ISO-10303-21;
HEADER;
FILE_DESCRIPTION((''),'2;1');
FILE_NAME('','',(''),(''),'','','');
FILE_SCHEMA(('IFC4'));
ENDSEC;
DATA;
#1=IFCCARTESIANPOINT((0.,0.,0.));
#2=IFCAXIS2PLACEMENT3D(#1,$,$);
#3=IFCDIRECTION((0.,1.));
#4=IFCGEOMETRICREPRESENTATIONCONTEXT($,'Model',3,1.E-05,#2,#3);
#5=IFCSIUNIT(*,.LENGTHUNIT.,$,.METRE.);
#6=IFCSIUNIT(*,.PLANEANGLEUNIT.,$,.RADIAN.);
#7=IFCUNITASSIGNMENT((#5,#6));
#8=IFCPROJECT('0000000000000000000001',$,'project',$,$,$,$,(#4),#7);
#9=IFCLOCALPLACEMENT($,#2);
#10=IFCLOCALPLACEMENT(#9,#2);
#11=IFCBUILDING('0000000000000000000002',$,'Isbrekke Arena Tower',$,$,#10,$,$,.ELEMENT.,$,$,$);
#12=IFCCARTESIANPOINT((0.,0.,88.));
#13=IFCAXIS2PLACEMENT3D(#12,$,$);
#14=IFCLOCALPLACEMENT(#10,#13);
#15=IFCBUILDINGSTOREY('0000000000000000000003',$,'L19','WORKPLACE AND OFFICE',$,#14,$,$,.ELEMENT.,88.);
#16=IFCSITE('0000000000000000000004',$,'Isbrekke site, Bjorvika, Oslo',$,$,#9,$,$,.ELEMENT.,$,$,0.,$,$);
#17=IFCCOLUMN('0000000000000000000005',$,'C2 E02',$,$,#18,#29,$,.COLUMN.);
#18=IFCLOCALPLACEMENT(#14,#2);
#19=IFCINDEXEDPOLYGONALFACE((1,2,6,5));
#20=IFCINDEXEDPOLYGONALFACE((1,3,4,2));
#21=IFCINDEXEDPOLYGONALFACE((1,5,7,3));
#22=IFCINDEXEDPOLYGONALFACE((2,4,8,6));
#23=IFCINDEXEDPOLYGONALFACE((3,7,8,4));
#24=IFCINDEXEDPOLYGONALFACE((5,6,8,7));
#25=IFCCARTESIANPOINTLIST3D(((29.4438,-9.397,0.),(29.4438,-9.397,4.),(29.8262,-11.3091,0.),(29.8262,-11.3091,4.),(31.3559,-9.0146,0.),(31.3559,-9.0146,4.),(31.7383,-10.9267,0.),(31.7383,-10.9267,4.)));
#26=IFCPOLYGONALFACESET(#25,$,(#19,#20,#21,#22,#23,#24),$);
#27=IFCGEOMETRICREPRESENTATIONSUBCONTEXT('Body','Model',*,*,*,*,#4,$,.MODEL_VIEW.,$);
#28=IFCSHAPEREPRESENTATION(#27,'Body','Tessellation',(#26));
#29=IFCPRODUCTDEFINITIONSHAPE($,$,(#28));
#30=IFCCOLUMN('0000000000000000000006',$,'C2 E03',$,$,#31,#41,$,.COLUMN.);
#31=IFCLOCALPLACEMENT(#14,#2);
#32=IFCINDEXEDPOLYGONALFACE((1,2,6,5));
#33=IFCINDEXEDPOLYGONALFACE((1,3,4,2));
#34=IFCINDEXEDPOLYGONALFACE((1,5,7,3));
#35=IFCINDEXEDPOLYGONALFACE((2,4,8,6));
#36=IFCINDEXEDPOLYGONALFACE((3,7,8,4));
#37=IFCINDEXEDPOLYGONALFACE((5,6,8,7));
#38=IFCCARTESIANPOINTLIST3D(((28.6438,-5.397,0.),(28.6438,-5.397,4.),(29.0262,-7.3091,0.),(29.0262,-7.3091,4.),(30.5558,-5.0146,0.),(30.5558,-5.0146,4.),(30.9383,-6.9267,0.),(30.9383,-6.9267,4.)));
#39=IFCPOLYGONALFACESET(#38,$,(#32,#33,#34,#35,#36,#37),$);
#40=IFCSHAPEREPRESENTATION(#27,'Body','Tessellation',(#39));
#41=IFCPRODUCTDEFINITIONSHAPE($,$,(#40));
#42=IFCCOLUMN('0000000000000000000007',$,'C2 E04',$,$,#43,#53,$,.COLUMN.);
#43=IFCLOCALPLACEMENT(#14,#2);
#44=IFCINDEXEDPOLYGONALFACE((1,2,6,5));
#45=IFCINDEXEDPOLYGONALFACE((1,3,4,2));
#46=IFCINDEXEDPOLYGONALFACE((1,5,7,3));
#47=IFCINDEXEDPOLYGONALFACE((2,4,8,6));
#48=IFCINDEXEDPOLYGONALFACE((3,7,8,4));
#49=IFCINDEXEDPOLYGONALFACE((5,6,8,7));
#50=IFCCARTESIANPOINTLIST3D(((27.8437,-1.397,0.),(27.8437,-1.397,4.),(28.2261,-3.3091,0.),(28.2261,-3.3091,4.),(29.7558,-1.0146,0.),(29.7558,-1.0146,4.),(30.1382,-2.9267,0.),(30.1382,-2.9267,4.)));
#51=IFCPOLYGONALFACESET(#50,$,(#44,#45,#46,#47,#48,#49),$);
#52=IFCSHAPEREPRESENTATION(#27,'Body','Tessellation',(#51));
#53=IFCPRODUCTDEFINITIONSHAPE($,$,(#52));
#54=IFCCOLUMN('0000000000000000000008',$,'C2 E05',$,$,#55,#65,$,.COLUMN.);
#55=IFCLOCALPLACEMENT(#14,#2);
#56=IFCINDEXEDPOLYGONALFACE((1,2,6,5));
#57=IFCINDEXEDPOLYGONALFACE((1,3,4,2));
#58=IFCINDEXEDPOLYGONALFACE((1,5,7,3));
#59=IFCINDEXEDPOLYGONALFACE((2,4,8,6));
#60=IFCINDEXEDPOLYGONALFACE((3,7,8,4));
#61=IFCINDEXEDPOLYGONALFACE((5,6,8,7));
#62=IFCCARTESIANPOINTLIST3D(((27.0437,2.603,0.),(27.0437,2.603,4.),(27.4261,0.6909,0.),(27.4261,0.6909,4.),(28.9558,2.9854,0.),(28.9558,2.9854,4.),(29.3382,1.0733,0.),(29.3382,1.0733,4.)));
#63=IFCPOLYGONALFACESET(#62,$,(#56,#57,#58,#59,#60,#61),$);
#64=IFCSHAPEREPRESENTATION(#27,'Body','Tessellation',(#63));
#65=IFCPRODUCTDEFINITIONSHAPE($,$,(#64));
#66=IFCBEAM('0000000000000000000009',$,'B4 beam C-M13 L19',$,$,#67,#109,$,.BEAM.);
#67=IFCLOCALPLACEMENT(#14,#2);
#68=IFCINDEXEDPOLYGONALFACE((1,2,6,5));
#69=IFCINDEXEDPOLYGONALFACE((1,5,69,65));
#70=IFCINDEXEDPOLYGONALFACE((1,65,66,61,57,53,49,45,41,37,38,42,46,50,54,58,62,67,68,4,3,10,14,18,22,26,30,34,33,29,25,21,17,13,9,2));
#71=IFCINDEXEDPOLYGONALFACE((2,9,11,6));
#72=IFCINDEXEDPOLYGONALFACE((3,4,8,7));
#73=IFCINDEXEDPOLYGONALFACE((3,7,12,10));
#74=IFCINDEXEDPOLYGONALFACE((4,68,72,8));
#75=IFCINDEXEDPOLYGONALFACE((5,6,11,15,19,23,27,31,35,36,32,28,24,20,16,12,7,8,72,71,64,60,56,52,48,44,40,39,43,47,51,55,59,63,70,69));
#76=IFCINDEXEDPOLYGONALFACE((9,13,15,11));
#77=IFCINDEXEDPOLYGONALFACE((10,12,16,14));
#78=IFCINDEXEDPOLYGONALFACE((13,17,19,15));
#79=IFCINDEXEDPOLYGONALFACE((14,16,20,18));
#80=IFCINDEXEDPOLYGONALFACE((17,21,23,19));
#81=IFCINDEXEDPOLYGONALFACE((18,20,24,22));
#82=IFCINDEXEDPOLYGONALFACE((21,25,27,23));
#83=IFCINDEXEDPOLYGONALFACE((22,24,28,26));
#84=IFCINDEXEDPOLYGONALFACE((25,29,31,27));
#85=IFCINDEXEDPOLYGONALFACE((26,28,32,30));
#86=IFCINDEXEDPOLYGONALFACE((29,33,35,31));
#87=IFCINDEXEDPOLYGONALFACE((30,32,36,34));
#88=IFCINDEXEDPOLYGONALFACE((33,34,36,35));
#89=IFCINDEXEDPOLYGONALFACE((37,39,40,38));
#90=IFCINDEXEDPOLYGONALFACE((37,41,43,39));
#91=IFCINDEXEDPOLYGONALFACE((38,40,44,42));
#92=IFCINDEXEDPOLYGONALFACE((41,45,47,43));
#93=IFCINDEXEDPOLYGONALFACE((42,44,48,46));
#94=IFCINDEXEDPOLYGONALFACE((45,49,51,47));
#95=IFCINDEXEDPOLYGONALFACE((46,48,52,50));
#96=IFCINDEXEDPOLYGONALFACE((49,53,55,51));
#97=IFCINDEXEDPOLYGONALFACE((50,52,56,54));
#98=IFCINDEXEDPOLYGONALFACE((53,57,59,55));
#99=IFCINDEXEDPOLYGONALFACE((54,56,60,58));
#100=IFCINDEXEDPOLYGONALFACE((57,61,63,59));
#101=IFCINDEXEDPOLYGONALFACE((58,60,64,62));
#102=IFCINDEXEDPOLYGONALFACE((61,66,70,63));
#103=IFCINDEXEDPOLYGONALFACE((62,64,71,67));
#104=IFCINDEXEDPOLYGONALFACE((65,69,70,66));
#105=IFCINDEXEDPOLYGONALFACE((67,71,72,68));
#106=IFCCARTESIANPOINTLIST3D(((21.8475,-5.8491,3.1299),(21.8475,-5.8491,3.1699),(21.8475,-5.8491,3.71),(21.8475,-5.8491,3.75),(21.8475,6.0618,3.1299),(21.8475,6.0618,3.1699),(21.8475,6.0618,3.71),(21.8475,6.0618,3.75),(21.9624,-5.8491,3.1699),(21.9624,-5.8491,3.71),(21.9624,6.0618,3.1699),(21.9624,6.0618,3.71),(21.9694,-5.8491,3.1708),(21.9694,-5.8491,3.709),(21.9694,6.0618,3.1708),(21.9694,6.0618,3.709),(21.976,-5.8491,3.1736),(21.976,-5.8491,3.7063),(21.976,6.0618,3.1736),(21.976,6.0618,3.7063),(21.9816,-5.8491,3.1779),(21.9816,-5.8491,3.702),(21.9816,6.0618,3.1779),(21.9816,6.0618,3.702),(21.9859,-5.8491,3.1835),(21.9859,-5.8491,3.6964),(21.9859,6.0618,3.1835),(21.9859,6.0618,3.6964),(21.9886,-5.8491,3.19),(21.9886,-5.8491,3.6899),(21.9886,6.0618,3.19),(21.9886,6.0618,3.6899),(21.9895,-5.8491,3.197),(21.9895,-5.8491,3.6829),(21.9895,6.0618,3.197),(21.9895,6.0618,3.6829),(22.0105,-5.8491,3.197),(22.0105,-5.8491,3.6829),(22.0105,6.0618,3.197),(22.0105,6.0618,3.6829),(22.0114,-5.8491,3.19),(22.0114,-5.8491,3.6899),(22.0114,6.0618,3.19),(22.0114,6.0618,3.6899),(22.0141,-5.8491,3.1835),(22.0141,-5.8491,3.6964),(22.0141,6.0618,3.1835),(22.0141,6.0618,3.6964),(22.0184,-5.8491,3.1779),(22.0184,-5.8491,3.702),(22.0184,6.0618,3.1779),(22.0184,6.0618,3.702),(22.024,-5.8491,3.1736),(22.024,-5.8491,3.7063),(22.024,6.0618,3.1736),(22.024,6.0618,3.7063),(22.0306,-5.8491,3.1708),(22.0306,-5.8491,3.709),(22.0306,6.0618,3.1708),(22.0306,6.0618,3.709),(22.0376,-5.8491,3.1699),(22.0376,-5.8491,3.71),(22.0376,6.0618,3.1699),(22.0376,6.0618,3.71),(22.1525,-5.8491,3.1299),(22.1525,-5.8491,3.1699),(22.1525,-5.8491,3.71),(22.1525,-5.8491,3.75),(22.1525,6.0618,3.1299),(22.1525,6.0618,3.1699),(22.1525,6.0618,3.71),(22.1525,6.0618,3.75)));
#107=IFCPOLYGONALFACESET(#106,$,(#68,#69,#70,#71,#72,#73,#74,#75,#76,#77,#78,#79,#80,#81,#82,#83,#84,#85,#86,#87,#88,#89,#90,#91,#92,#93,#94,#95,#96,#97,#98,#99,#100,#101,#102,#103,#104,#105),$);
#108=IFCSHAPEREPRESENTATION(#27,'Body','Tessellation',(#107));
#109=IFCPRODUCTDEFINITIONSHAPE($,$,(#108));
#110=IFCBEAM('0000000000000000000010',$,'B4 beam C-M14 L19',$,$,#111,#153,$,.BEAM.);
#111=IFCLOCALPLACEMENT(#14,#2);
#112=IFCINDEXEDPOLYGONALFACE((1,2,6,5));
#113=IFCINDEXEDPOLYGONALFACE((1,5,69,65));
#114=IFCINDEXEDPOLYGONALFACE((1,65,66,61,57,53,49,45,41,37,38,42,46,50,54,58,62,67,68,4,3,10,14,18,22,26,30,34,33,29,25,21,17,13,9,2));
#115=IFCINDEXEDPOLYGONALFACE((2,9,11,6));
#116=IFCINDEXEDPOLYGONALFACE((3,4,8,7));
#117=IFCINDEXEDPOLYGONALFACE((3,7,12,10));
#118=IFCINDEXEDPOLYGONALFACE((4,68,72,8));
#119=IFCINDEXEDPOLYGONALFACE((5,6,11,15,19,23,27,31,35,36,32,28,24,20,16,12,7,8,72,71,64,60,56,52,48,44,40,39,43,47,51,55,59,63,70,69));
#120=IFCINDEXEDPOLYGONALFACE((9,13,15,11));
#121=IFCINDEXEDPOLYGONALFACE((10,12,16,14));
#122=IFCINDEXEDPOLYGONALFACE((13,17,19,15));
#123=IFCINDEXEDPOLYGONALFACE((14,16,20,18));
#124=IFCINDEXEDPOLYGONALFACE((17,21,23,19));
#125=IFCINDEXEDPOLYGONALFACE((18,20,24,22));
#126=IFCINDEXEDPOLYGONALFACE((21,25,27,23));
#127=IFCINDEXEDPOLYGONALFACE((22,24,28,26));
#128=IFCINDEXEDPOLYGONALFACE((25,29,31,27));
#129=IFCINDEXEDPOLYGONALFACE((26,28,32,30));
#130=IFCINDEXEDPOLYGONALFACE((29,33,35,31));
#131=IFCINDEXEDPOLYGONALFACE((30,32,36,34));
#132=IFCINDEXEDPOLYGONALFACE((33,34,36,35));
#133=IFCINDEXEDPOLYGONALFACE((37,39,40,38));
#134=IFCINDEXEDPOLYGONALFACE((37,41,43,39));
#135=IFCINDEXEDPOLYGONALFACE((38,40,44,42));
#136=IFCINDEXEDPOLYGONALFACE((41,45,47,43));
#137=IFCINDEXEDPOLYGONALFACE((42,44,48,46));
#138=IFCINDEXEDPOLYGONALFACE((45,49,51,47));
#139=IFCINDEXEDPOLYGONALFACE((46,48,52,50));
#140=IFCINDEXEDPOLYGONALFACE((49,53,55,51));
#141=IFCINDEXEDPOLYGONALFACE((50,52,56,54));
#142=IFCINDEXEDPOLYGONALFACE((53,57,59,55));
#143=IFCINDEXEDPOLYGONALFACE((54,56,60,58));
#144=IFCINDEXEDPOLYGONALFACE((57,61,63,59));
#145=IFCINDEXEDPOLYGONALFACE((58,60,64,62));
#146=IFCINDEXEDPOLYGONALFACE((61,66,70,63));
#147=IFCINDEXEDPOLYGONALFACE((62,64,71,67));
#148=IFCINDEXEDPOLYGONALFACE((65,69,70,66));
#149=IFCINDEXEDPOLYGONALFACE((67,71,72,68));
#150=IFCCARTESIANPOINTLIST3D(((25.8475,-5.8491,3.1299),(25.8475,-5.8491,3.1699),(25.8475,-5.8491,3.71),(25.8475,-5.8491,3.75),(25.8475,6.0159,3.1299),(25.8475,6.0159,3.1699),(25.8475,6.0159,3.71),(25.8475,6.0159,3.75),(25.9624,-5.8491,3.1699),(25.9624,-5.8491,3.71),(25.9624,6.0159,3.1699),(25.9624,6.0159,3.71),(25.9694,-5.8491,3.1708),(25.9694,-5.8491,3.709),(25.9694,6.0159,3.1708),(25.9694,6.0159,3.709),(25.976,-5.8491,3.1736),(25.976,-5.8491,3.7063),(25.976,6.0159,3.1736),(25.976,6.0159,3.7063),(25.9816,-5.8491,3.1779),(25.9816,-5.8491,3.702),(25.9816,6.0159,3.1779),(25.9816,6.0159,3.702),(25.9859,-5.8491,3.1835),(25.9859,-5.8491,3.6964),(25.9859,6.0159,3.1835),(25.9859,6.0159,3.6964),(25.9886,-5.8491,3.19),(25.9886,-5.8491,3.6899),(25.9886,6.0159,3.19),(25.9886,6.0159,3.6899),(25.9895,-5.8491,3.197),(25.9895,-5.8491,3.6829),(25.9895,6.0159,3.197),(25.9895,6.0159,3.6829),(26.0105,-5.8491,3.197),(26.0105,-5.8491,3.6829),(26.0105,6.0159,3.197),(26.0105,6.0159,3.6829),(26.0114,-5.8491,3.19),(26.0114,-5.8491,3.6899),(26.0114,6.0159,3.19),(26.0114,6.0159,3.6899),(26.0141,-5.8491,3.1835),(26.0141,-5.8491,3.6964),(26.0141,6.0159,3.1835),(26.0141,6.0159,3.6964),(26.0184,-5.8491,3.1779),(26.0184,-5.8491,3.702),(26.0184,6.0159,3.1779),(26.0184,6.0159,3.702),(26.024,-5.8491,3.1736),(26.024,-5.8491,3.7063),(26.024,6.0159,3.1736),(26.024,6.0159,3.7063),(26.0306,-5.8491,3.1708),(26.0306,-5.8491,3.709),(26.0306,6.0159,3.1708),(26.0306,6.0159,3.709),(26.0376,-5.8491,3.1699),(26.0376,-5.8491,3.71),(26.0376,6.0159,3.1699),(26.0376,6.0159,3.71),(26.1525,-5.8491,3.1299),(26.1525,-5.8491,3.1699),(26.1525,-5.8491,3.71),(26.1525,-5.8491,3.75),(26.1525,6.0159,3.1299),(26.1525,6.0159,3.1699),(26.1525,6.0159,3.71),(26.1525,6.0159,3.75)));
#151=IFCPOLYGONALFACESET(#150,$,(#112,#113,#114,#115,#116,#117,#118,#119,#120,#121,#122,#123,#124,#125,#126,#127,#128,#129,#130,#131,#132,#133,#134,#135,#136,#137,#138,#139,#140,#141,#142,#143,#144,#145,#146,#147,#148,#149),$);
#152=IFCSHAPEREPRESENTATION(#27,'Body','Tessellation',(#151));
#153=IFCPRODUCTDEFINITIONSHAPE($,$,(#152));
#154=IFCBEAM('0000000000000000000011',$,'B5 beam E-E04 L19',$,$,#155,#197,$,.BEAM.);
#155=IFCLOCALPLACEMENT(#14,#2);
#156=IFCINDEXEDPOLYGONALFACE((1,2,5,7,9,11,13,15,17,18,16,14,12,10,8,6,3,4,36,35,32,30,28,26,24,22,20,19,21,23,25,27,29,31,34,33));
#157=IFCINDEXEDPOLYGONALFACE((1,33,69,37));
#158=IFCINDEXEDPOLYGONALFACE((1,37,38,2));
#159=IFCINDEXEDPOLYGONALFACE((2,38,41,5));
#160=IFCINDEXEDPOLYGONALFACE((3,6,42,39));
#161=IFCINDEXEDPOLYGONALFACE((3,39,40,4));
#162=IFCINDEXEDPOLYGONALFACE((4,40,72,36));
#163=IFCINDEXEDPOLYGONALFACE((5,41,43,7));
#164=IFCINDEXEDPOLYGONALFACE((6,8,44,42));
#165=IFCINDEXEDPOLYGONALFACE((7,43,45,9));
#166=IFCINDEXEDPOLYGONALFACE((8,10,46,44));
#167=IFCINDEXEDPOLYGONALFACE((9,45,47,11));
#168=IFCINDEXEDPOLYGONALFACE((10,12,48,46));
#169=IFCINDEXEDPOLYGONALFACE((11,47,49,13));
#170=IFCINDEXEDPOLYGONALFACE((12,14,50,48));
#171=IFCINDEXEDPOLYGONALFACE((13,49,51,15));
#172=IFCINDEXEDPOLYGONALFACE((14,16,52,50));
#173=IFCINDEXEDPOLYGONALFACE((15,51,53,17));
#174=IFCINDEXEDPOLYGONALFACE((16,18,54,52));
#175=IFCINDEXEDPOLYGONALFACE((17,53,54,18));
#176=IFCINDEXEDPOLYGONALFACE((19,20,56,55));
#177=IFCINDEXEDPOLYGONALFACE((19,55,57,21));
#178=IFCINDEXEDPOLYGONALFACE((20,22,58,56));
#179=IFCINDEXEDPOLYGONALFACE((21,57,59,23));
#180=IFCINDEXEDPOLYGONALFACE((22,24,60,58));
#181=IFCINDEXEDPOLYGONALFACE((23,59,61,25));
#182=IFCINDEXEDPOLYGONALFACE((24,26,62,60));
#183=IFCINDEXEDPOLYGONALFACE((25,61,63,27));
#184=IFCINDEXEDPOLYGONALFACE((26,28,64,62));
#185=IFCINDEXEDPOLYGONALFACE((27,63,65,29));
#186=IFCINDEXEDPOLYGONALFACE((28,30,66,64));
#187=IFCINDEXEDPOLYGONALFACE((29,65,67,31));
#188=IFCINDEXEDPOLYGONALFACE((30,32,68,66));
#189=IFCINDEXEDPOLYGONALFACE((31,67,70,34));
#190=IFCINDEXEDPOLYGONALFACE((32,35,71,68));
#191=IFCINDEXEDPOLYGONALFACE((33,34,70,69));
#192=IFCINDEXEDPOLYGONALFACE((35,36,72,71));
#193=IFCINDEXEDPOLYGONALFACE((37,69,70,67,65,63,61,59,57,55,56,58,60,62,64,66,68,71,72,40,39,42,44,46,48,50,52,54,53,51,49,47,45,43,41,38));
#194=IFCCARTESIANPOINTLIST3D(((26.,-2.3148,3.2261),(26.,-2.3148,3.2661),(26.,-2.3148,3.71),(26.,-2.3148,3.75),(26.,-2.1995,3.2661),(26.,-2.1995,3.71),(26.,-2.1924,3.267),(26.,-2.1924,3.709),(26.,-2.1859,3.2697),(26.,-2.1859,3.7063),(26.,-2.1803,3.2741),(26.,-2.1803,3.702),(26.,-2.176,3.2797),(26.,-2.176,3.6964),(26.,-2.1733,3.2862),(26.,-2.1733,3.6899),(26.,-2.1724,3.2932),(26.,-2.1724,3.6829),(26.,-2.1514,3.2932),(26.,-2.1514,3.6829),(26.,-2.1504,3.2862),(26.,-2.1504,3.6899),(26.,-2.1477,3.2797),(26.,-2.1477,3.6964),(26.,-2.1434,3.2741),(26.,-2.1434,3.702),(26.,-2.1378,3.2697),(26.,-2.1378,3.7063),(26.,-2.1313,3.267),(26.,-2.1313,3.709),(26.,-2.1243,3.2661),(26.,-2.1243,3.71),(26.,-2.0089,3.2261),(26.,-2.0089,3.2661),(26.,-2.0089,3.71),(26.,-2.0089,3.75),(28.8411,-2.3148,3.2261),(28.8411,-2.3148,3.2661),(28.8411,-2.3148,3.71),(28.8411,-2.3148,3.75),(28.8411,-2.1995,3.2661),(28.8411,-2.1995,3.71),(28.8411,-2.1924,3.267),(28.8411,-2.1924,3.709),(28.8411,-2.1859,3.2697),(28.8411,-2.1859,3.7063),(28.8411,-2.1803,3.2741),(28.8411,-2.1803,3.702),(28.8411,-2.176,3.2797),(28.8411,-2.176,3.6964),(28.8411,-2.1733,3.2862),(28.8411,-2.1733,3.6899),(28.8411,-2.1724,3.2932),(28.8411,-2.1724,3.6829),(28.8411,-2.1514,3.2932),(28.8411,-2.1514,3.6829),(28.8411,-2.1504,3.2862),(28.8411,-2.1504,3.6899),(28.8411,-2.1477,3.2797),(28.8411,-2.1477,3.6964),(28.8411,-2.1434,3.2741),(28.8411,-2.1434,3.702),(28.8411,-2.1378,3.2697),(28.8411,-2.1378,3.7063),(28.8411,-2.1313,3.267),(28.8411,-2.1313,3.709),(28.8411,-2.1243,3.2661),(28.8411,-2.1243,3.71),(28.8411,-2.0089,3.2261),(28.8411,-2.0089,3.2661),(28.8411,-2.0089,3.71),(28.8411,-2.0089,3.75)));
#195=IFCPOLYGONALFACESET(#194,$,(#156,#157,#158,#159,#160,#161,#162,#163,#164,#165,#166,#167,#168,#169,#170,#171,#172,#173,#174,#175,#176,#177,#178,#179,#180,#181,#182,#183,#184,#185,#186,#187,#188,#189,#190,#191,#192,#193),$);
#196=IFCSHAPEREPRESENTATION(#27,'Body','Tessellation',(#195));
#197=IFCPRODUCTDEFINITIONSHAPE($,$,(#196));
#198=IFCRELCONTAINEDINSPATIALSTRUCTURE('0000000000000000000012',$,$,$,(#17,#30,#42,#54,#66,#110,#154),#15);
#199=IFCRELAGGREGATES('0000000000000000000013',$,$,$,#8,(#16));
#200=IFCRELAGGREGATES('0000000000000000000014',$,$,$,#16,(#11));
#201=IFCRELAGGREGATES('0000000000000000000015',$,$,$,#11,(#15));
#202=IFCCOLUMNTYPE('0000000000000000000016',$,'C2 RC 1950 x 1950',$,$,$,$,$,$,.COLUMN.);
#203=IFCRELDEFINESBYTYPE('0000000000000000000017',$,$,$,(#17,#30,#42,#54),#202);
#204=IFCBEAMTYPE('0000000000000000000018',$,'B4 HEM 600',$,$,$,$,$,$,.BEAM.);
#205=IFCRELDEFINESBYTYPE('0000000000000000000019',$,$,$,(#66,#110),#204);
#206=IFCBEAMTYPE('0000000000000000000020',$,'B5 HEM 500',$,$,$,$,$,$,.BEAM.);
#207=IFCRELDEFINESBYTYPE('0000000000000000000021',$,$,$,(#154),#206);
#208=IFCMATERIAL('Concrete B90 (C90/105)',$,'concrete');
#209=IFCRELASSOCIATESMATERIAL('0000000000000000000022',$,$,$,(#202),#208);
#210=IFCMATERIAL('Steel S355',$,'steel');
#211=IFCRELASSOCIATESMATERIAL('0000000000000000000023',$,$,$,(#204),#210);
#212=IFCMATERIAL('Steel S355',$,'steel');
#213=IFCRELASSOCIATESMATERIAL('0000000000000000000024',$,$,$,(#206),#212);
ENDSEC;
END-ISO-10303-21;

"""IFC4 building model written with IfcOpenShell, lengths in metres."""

from ifc_helpers import new_model, si_unit, direction, frame, origin, origin_2d, place, context, subcontext, project, spatial, rectangle, i_section, extrude, material, material_profile, profile_set, type_object, element, save


model = new_model("IFC4")

# Units and contexts
model_context = context("Model", 3, precision=1e-05, world=origin(), true_north=direction((0.0, 1.0)))
body_context = subcontext(model_context, "Body", "Model", "MODEL_VIEW")
ifc_project = project(units=[si_unit("LENGTHUNIT", "METRE"), si_unit("PLANEANGLEUNIT", "RADIAN")], contexts=[model_context])

# Site, building, storey
site_placement = place(None, origin())
site = spatial("IfcSite", under=ifc_project, at=site_placement, Name="Isbrekke site, Bjorvika, Oslo", CompositionType="ELEMENT", RefElevation=0.0)
building_placement = place(site_placement, origin())
building = spatial("IfcBuilding", under=site, at=building_placement, Name="Isbrekke Arena Tower", CompositionType="ELEMENT")
storey_placement = place(building_placement, frame((0.0, 0.0, 88.0)))
storey = spatial("IfcBuildingStorey", under=building, at=storey_placement, Name="L19", Description="WORKPLACE AND OFFICE", CompositionType="ELEMENT", Elevation=88.0)

# Columns
ifc_material_1 = material(Name="Concrete B90 (C90/105)", Category="concrete")
ifc_material_profile_1 = material_profile(ifc_material_1, rectangle(XDim=1.95, YDim=1.95, at=origin_2d()), Name="RC 1950x1950")
ifc_profile_set_1 = profile_set([ifc_material_profile_1], Name="Concrete B90 (C90/105)")
column_type = type_object("IfcColumnType", Name="C2 RC 1950 x 1950", PredefinedType="COLUMN", material=ifc_profile_set_1)
for number, where, z_axis, x_axis, name in (
    (1, (30.5911, -10.1619, 0.0), (0.0, 0.0, 1.0), (-0.196116, 0.980581, 0.0), "C2 E02"),
    (2, (29.791, -6.1619, 0.0), (0.0, 0.0, 1.0), (-0.196116, 0.980581, 0.0), "C2 E03"),
    (3, (28.991, -2.1619, 0.0), (0.0, 0.0, 1.0), (-0.196116, 0.980581, 0.0), "C2 E04"),
    (4, (28.1909, 1.8381, 0.0), (0.0, 0.0, 1.0), (-0.196116, 0.980581, 0.0), "C2 E05"),
):
    element("IfcColumn", number, at=place(storey_placement, frame(where, z_axis=z_axis, x_axis=x_axis)), inside=storey, type_object=column_type, Name=name, PredefinedType="COLUMN", context=body_context, shape_type="SweptSolid", body=[
        extrude(rectangle(XDim=1.95, YDim=1.95, at=origin_2d()), origin(), (0.0, 0.0, 1.0), 4.0),
    ])

# Beams
ifc_material_2 = material(Name="Steel S355", Category="steel")
ifc_material_profile_2 = material_profile(ifc_material_2, i_section(OverallWidth=0.3049, OverallDepth=0.6201, WebThickness=0.021, FlangeThickness=0.04, FilletRadius=0.0271, at=origin_2d()), Name="HEM 600")
ifc_profile_set_2 = profile_set([ifc_material_profile_2], Name="Steel S355")
beam_type_1 = type_object("IfcBeamType", Name="B4 HEM 600", PredefinedType="BEAM", material=ifc_profile_set_2)
beam_1_placement = place(storey_placement, frame((22.0, -5.8491, 3.4399), z_axis=(0.0, 1.0, 0.0), x_axis=(-1.0, 0.0, 0.0)))
element("IfcBeam", 5, at=beam_1_placement, inside=storey, type_object=beam_type_1, Name="B4 beam C-M13 L19", PredefinedType="BEAM", context=body_context, shape_type="SweptSolid", body=[
    extrude(i_section(OverallWidth=0.3049, OverallDepth=0.6201, WebThickness=0.021, FlangeThickness=0.04, FilletRadius=0.0271, at=origin_2d()), origin(), (0.0, 0.0, 1.0), 11.9109),
])
beam_2_placement = place(storey_placement, frame((26.0, -5.8491, 3.4399), z_axis=(0.0, 1.0, 0.0), x_axis=(-1.0, 0.0, 0.0)))
element("IfcBeam", 6, at=beam_2_placement, inside=storey, type_object=beam_type_1, Name="B4 beam C-M14 L19", PredefinedType="BEAM", context=body_context, shape_type="SweptSolid", body=[
    extrude(i_section(OverallWidth=0.3049, OverallDepth=0.6201, WebThickness=0.021, FlangeThickness=0.04, FilletRadius=0.0271, at=origin_2d()), origin(), (0.0, 0.0, 1.0), 11.865),
])
ifc_material_3 = material(Name="Steel S355", Category="steel")
ifc_material_profile_3 = material_profile(ifc_material_3, i_section(OverallWidth=0.3059, OverallDepth=0.5239, WebThickness=0.021, FlangeThickness=0.04, FilletRadius=0.0271, at=origin_2d()), Name="HEM 500")
ifc_profile_set_3 = profile_set([ifc_material_profile_3], Name="Steel S355")
beam_type_2 = type_object("IfcBeamType", Name="B5 HEM 500", PredefinedType="BEAM", material=ifc_profile_set_3)
beam_3_placement = place(storey_placement, frame((28.8411, -2.1619, 3.488), z_axis=(-1.0, 0.0, 0.0), x_axis=(0.0, -1.0, 0.0)))
element("IfcBeam", 7, at=beam_3_placement, inside=storey, type_object=beam_type_2, Name="B5 beam E-E04 L19", PredefinedType="BEAM", context=body_context, shape_type="SweptSolid", body=[
    extrude(i_section(OverallWidth=0.3059, OverallDepth=0.5239, WebThickness=0.021, FlangeThickness=0.04, FilletRadius=0.0271, at=origin_2d()), origin(), (0.0, 0.0, 1.0), 2.8411),
])

save(model, "model.ifc")
